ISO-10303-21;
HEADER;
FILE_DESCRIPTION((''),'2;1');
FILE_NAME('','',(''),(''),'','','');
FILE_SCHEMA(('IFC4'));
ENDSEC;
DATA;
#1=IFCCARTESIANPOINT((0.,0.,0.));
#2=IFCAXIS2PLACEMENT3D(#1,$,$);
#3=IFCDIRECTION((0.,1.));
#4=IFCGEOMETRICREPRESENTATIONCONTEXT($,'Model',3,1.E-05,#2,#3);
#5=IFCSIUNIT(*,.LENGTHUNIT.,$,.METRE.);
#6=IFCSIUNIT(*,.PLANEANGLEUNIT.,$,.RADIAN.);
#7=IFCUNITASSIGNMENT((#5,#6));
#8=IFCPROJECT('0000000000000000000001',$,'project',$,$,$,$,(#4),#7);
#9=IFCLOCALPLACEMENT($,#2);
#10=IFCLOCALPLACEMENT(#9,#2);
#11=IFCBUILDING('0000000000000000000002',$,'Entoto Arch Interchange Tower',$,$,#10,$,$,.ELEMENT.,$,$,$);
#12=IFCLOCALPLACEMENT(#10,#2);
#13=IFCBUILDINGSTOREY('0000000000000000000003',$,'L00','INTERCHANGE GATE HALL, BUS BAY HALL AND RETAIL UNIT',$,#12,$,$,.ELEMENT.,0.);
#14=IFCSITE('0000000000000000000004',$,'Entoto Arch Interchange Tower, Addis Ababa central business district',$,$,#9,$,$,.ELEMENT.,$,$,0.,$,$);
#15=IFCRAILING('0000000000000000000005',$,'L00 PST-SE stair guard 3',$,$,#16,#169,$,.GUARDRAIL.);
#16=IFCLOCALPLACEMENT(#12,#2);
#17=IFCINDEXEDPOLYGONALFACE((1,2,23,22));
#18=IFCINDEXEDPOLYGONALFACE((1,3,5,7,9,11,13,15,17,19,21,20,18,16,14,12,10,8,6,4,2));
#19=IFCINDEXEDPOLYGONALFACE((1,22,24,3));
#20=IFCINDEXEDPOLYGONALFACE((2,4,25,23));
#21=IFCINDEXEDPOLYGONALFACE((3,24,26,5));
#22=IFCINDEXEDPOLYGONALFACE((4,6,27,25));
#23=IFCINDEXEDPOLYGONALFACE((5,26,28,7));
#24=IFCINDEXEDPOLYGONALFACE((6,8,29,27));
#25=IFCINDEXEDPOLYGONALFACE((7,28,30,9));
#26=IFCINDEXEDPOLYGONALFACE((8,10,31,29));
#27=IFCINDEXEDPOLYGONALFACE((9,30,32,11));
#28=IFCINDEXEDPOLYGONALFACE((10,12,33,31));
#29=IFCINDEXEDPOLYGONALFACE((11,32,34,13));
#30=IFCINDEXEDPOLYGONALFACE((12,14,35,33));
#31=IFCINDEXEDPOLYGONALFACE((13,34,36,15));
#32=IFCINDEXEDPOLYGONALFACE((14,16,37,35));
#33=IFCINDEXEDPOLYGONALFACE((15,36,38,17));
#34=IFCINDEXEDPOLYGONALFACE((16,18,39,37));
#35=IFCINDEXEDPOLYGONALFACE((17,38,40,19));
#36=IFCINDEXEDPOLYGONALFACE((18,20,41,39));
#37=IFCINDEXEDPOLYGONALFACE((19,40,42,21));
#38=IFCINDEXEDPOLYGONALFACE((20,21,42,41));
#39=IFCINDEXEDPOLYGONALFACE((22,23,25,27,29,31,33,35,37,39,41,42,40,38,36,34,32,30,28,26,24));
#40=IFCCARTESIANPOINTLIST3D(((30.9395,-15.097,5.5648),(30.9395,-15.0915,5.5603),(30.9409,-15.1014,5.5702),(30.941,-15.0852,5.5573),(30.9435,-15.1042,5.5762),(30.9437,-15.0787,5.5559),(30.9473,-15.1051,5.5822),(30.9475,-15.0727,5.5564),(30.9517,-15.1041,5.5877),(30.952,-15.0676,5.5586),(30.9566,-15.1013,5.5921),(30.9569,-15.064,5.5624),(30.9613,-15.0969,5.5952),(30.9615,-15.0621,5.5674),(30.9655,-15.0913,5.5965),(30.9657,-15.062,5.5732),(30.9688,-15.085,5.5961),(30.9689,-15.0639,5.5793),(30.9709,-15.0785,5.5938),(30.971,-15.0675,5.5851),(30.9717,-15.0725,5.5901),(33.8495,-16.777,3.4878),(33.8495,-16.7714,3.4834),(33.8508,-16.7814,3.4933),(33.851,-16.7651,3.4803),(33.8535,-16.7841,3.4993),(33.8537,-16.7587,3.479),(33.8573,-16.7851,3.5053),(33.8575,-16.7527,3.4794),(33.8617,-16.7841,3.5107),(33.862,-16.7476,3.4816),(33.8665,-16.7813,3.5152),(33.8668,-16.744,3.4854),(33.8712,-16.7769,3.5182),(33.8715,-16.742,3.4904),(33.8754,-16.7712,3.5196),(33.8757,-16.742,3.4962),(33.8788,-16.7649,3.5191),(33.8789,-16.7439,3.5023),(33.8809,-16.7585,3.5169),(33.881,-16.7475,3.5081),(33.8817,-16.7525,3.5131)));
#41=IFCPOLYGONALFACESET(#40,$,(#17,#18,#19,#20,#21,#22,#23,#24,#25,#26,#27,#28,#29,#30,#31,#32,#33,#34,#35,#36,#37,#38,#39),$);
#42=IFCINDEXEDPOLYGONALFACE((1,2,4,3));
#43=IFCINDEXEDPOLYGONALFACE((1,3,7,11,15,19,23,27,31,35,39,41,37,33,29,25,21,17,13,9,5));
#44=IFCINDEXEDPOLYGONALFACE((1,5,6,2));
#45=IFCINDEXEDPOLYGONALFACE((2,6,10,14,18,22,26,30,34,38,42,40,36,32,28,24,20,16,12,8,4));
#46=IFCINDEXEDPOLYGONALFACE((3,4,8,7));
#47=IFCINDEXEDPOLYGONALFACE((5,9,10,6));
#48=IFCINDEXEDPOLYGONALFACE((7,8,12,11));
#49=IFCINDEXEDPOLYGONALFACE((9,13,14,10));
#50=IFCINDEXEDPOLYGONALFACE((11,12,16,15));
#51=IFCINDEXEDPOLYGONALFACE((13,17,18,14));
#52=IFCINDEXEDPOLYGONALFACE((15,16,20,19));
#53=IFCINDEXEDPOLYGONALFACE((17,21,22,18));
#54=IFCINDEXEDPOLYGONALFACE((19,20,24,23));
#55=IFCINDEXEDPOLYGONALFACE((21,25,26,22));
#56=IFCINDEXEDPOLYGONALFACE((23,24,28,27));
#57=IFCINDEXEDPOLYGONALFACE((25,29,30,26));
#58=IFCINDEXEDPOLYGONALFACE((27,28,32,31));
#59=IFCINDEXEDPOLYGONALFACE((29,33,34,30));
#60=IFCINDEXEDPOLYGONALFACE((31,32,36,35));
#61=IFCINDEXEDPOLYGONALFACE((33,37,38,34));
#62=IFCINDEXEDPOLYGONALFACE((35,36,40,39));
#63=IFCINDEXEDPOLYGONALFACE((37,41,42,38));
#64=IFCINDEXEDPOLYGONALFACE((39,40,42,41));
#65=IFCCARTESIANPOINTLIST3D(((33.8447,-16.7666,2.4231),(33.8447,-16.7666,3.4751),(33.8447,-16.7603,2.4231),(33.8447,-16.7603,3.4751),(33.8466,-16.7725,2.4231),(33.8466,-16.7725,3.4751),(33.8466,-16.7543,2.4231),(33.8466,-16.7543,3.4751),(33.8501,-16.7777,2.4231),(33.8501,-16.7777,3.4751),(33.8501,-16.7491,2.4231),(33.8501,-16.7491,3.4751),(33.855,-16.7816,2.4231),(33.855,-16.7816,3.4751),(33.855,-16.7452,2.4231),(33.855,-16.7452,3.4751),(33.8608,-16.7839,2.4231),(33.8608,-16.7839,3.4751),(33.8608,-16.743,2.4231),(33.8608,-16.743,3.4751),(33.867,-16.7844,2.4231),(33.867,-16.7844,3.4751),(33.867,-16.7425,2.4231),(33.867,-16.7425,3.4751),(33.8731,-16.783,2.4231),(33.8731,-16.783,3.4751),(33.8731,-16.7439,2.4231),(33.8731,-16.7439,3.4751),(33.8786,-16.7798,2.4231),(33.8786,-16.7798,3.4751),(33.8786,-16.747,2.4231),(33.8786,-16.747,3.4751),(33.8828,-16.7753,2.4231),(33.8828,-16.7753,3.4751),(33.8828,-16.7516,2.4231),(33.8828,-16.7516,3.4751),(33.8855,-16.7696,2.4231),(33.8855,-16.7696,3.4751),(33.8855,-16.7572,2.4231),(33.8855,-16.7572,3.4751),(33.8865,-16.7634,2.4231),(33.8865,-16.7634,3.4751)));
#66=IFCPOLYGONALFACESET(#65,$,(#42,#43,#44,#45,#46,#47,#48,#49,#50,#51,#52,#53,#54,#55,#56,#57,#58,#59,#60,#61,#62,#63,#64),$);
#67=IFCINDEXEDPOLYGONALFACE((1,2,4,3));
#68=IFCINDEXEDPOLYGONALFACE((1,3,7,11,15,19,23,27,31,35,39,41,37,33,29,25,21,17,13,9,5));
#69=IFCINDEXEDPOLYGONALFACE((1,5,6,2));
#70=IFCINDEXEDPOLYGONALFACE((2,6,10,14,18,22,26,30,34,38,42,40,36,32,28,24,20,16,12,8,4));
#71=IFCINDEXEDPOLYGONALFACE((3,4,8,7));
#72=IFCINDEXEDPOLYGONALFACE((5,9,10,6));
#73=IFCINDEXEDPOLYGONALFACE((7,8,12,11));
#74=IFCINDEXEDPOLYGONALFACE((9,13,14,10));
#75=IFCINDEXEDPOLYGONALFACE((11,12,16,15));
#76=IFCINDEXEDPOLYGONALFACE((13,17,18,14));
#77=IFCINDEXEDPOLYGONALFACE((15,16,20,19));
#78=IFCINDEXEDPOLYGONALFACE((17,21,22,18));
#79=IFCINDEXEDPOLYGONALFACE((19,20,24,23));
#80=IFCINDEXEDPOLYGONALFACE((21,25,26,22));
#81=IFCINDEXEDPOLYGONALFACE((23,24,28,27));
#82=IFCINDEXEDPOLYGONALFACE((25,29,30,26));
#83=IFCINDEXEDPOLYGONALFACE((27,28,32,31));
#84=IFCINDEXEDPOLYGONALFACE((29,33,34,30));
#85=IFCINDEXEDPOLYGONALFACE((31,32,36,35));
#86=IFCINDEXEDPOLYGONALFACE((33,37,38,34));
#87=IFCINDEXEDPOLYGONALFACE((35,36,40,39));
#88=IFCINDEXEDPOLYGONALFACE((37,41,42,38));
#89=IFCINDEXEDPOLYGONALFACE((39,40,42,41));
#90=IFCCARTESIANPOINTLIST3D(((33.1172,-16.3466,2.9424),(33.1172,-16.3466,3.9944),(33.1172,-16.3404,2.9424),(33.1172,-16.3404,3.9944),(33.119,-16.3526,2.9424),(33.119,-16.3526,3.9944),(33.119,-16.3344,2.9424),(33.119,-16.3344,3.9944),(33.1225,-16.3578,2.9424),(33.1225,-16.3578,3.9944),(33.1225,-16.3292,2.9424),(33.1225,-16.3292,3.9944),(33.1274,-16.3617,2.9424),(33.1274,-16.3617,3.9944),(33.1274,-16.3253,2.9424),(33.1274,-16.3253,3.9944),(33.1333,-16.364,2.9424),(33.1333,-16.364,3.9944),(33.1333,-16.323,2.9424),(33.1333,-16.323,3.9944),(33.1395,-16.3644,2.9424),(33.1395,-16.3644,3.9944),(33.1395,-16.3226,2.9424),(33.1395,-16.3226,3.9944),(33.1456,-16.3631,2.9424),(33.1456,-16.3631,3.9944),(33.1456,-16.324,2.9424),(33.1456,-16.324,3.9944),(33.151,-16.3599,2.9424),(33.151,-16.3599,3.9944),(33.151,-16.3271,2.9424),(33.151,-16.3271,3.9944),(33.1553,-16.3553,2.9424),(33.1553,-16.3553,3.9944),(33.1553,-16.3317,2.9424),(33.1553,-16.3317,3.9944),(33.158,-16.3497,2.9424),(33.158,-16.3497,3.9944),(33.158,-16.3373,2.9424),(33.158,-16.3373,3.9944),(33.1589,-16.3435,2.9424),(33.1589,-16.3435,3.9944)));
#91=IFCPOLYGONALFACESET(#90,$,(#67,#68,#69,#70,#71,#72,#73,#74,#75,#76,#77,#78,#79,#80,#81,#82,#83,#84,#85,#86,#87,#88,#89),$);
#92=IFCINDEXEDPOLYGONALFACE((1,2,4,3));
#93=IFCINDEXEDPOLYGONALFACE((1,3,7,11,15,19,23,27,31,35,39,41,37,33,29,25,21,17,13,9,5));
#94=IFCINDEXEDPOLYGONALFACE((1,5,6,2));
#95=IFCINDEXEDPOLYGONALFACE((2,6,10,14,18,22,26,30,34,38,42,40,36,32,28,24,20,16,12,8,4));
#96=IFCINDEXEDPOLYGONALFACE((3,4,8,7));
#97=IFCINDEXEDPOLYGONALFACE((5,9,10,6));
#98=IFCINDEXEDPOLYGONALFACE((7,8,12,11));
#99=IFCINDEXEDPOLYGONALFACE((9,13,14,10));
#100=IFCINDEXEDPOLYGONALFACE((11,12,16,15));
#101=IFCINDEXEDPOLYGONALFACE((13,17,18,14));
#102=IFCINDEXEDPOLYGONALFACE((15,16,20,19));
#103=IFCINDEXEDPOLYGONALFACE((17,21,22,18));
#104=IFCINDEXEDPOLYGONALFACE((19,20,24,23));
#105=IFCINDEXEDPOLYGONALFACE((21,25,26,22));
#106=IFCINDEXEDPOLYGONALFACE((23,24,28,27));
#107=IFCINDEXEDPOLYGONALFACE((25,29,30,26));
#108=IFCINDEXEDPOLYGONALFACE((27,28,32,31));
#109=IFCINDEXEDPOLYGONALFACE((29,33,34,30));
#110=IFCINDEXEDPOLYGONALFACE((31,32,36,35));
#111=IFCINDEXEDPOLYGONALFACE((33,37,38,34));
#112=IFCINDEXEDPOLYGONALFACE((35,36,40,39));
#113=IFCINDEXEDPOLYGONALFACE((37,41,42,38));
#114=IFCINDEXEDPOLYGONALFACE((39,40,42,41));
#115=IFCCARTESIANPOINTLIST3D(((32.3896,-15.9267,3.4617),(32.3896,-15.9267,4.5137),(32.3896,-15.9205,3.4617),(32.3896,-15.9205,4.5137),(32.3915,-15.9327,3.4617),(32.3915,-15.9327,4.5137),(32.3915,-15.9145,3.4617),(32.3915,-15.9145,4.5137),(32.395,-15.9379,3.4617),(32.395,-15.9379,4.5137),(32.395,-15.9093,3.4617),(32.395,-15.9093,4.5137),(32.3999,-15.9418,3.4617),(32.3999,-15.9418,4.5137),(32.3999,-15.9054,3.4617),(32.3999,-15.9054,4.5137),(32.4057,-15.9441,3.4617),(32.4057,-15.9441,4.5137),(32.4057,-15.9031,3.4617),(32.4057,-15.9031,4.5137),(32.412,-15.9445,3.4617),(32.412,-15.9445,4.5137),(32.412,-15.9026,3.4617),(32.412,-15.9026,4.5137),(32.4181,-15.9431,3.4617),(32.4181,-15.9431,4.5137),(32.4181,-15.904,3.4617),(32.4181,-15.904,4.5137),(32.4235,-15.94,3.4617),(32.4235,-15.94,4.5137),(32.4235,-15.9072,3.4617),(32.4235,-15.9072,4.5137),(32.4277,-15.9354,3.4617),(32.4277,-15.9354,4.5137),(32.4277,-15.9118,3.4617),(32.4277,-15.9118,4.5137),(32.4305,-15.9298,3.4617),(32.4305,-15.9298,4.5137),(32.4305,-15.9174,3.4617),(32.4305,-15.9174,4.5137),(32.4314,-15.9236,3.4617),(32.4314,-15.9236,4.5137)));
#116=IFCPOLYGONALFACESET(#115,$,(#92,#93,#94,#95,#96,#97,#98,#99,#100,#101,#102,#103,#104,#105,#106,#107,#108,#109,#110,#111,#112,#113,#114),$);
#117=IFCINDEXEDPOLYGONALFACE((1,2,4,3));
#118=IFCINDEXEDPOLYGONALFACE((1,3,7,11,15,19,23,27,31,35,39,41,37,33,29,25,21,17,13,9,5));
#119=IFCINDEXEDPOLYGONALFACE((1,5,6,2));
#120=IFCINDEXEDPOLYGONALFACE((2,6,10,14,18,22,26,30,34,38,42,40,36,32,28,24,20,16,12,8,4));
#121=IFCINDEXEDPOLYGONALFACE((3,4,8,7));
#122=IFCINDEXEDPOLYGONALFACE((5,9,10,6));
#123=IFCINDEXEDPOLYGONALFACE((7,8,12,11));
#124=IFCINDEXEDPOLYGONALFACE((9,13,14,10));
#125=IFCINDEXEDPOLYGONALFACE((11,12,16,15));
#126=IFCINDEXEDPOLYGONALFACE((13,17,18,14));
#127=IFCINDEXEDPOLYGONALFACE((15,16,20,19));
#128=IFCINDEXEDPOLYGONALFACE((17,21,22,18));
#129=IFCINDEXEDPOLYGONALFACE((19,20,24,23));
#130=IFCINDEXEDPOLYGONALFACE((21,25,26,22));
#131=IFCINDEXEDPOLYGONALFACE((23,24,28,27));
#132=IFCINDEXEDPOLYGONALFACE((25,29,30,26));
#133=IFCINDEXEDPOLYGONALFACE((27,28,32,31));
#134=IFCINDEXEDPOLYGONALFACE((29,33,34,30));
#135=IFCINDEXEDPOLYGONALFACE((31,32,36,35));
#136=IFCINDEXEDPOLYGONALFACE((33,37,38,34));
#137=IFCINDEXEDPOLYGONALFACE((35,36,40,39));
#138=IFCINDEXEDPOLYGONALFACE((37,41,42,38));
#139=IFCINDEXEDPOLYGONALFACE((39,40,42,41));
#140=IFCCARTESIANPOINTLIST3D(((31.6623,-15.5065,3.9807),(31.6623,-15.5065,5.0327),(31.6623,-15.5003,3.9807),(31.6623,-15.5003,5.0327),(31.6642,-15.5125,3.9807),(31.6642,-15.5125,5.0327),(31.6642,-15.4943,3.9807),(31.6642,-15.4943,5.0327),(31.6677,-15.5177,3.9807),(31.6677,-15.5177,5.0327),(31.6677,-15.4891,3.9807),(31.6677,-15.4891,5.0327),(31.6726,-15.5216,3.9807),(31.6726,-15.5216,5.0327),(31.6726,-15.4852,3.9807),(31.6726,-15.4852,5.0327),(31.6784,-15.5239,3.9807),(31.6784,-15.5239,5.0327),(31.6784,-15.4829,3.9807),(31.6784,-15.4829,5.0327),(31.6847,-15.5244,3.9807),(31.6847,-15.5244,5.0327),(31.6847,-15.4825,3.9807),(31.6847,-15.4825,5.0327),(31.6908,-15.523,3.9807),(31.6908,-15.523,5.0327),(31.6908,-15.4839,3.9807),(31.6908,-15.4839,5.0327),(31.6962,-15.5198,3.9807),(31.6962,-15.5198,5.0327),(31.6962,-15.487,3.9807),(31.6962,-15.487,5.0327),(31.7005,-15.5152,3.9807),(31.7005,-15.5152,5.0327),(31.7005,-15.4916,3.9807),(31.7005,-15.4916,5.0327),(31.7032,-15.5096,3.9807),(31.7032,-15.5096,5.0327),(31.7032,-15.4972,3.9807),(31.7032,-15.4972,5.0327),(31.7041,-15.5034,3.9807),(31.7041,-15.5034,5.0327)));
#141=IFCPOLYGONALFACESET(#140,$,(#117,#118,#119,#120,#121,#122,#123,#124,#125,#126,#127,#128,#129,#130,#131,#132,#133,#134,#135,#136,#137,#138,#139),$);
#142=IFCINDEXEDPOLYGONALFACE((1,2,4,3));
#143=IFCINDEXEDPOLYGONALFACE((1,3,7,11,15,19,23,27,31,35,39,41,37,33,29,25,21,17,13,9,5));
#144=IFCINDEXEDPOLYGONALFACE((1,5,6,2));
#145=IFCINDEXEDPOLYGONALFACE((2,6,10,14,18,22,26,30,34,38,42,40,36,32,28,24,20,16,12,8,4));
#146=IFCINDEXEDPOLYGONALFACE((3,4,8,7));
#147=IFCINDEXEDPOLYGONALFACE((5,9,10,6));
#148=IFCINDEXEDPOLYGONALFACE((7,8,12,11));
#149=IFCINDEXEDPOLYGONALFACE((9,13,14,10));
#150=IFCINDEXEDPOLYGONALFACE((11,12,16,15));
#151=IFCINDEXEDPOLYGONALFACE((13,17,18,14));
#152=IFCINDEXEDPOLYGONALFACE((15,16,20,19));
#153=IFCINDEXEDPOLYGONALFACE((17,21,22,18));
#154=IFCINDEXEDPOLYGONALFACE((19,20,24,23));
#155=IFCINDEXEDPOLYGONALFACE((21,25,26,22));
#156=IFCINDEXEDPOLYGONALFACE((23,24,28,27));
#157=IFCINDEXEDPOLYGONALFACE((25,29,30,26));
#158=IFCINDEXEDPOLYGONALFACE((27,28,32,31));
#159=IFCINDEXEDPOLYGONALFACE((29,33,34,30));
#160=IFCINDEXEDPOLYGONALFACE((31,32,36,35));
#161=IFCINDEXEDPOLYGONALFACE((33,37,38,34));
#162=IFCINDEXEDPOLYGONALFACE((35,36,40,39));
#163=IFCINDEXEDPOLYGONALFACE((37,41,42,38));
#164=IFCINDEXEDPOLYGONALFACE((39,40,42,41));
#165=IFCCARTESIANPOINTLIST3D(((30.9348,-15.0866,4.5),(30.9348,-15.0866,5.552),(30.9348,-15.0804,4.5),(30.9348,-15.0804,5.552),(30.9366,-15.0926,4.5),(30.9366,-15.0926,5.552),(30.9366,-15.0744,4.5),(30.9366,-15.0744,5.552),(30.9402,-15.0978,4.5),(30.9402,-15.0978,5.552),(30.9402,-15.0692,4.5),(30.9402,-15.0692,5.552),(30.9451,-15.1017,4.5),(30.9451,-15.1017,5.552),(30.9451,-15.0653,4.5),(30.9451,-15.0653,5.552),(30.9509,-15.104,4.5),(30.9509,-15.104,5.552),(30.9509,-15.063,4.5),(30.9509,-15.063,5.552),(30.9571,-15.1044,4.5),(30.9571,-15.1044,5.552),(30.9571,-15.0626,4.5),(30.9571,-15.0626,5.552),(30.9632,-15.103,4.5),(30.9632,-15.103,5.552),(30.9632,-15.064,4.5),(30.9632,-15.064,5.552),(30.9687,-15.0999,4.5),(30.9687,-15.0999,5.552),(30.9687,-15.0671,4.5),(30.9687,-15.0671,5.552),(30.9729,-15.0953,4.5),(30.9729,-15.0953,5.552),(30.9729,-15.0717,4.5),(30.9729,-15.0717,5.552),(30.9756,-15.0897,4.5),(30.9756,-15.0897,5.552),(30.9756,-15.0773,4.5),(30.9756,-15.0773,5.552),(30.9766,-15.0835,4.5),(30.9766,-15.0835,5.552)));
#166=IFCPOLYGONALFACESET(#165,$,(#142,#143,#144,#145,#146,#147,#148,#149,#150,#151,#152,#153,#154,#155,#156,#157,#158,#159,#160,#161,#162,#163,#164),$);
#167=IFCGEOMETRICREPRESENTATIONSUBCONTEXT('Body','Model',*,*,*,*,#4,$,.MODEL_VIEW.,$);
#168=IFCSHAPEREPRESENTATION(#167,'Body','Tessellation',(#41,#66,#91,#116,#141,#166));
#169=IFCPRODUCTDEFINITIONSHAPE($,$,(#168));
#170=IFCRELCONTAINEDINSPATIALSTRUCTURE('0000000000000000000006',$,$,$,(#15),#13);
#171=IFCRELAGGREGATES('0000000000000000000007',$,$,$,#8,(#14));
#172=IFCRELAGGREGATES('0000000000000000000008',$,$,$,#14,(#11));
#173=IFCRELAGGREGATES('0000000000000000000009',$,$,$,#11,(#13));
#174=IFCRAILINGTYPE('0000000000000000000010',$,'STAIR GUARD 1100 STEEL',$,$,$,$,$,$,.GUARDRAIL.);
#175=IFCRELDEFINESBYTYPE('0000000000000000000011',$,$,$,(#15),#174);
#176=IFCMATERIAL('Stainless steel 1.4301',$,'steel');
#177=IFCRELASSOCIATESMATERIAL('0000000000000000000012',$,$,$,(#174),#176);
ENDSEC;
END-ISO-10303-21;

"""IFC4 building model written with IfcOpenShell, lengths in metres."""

from ifc_helpers import new_model, si_unit, direction, frame, origin, origin_2d, place, context, subcontext, project, spatial, circle, extrude, material, type_object, element, save


model = new_model("IFC4")

# Units and contexts
model_context = context("Model", 3, precision=1e-05, world=origin(), true_north=direction((0.0, 1.0)))
body_context = subcontext(model_context, "Body", "Model", "MODEL_VIEW")
ifc_project = project(units=[si_unit("LENGTHUNIT", "METRE"), si_unit("PLANEANGLEUNIT", "RADIAN")], contexts=[model_context])

# Site, building, storey
site_placement = place(None, origin())
site = spatial("IfcSite", under=ifc_project, at=site_placement, Name="Entoto Arch Interchange Tower, Addis Ababa central business district", CompositionType="ELEMENT", RefElevation=0.0)
building_placement = place(site_placement, origin())
building = spatial("IfcBuilding", under=site, at=building_placement, Name="Entoto Arch Interchange Tower", CompositionType="ELEMENT")
storey_placement = place(building_placement, origin())
storey = spatial("IfcBuildingStorey", under=building, at=storey_placement, Name="L00", Description="INTERCHANGE GATE HALL, BUS BAY HALL AND RETAIL UNIT", CompositionType="ELEMENT", Elevation=0.0)

# Railing
ifc_material_1 = material(Name="Stainless steel 1.4301", Category="steel")
railing_type_1 = type_object("IfcRailingType", Name="STAIR GUARD 1100 STEEL", PredefinedType="GUARDRAIL", material=ifc_material_1)
railing_1_placement = place(storey_placement, frame((33.8655, -16.7634, 2.4231)))
element("IfcRailing", 1, at=railing_1_placement, inside=storey, type_object=railing_type_1, Name="L00 PST-SE stair guard 3", PredefinedType="GUARDRAIL", context=body_context, shape_type="SweptSolid", body=[
    extrude(circle(Radius=0.0239, at=origin_2d()), frame((0.0, 0.0, 1.0762), z_axis=(-0.736668, 0.425288, 0.525785), x_axis=(-0.499976, -0.866039, 0.0)), (0.0, 0.0, 1.0), 3.9502),
    extrude(circle(Radius=0.021, at=origin_2d()), origin(), (0.0, 0.0, 1.0), 1.052),
    extrude(circle(Radius=0.021, at=origin_2d()), frame((-0.7275, 0.4199, 0.5193)), (0.0, 0.0, 1.0), 1.052),
    extrude(circle(Radius=0.021, at=origin_2d()), frame((-1.4551, 0.8398, 1.0386)), (0.0, 0.0, 1.0), 1.052),
    extrude(circle(Radius=0.021, at=origin_2d()), frame((-2.1824, 1.26, 1.5576)), (0.0, 0.0, 1.0), 1.052),
    extrude(circle(Radius=0.021, at=origin_2d()), frame((-2.9099, 1.6799, 2.0769)), (0.0, 0.0, 1.0), 1.052),
])

save(model, "model.ifc")
